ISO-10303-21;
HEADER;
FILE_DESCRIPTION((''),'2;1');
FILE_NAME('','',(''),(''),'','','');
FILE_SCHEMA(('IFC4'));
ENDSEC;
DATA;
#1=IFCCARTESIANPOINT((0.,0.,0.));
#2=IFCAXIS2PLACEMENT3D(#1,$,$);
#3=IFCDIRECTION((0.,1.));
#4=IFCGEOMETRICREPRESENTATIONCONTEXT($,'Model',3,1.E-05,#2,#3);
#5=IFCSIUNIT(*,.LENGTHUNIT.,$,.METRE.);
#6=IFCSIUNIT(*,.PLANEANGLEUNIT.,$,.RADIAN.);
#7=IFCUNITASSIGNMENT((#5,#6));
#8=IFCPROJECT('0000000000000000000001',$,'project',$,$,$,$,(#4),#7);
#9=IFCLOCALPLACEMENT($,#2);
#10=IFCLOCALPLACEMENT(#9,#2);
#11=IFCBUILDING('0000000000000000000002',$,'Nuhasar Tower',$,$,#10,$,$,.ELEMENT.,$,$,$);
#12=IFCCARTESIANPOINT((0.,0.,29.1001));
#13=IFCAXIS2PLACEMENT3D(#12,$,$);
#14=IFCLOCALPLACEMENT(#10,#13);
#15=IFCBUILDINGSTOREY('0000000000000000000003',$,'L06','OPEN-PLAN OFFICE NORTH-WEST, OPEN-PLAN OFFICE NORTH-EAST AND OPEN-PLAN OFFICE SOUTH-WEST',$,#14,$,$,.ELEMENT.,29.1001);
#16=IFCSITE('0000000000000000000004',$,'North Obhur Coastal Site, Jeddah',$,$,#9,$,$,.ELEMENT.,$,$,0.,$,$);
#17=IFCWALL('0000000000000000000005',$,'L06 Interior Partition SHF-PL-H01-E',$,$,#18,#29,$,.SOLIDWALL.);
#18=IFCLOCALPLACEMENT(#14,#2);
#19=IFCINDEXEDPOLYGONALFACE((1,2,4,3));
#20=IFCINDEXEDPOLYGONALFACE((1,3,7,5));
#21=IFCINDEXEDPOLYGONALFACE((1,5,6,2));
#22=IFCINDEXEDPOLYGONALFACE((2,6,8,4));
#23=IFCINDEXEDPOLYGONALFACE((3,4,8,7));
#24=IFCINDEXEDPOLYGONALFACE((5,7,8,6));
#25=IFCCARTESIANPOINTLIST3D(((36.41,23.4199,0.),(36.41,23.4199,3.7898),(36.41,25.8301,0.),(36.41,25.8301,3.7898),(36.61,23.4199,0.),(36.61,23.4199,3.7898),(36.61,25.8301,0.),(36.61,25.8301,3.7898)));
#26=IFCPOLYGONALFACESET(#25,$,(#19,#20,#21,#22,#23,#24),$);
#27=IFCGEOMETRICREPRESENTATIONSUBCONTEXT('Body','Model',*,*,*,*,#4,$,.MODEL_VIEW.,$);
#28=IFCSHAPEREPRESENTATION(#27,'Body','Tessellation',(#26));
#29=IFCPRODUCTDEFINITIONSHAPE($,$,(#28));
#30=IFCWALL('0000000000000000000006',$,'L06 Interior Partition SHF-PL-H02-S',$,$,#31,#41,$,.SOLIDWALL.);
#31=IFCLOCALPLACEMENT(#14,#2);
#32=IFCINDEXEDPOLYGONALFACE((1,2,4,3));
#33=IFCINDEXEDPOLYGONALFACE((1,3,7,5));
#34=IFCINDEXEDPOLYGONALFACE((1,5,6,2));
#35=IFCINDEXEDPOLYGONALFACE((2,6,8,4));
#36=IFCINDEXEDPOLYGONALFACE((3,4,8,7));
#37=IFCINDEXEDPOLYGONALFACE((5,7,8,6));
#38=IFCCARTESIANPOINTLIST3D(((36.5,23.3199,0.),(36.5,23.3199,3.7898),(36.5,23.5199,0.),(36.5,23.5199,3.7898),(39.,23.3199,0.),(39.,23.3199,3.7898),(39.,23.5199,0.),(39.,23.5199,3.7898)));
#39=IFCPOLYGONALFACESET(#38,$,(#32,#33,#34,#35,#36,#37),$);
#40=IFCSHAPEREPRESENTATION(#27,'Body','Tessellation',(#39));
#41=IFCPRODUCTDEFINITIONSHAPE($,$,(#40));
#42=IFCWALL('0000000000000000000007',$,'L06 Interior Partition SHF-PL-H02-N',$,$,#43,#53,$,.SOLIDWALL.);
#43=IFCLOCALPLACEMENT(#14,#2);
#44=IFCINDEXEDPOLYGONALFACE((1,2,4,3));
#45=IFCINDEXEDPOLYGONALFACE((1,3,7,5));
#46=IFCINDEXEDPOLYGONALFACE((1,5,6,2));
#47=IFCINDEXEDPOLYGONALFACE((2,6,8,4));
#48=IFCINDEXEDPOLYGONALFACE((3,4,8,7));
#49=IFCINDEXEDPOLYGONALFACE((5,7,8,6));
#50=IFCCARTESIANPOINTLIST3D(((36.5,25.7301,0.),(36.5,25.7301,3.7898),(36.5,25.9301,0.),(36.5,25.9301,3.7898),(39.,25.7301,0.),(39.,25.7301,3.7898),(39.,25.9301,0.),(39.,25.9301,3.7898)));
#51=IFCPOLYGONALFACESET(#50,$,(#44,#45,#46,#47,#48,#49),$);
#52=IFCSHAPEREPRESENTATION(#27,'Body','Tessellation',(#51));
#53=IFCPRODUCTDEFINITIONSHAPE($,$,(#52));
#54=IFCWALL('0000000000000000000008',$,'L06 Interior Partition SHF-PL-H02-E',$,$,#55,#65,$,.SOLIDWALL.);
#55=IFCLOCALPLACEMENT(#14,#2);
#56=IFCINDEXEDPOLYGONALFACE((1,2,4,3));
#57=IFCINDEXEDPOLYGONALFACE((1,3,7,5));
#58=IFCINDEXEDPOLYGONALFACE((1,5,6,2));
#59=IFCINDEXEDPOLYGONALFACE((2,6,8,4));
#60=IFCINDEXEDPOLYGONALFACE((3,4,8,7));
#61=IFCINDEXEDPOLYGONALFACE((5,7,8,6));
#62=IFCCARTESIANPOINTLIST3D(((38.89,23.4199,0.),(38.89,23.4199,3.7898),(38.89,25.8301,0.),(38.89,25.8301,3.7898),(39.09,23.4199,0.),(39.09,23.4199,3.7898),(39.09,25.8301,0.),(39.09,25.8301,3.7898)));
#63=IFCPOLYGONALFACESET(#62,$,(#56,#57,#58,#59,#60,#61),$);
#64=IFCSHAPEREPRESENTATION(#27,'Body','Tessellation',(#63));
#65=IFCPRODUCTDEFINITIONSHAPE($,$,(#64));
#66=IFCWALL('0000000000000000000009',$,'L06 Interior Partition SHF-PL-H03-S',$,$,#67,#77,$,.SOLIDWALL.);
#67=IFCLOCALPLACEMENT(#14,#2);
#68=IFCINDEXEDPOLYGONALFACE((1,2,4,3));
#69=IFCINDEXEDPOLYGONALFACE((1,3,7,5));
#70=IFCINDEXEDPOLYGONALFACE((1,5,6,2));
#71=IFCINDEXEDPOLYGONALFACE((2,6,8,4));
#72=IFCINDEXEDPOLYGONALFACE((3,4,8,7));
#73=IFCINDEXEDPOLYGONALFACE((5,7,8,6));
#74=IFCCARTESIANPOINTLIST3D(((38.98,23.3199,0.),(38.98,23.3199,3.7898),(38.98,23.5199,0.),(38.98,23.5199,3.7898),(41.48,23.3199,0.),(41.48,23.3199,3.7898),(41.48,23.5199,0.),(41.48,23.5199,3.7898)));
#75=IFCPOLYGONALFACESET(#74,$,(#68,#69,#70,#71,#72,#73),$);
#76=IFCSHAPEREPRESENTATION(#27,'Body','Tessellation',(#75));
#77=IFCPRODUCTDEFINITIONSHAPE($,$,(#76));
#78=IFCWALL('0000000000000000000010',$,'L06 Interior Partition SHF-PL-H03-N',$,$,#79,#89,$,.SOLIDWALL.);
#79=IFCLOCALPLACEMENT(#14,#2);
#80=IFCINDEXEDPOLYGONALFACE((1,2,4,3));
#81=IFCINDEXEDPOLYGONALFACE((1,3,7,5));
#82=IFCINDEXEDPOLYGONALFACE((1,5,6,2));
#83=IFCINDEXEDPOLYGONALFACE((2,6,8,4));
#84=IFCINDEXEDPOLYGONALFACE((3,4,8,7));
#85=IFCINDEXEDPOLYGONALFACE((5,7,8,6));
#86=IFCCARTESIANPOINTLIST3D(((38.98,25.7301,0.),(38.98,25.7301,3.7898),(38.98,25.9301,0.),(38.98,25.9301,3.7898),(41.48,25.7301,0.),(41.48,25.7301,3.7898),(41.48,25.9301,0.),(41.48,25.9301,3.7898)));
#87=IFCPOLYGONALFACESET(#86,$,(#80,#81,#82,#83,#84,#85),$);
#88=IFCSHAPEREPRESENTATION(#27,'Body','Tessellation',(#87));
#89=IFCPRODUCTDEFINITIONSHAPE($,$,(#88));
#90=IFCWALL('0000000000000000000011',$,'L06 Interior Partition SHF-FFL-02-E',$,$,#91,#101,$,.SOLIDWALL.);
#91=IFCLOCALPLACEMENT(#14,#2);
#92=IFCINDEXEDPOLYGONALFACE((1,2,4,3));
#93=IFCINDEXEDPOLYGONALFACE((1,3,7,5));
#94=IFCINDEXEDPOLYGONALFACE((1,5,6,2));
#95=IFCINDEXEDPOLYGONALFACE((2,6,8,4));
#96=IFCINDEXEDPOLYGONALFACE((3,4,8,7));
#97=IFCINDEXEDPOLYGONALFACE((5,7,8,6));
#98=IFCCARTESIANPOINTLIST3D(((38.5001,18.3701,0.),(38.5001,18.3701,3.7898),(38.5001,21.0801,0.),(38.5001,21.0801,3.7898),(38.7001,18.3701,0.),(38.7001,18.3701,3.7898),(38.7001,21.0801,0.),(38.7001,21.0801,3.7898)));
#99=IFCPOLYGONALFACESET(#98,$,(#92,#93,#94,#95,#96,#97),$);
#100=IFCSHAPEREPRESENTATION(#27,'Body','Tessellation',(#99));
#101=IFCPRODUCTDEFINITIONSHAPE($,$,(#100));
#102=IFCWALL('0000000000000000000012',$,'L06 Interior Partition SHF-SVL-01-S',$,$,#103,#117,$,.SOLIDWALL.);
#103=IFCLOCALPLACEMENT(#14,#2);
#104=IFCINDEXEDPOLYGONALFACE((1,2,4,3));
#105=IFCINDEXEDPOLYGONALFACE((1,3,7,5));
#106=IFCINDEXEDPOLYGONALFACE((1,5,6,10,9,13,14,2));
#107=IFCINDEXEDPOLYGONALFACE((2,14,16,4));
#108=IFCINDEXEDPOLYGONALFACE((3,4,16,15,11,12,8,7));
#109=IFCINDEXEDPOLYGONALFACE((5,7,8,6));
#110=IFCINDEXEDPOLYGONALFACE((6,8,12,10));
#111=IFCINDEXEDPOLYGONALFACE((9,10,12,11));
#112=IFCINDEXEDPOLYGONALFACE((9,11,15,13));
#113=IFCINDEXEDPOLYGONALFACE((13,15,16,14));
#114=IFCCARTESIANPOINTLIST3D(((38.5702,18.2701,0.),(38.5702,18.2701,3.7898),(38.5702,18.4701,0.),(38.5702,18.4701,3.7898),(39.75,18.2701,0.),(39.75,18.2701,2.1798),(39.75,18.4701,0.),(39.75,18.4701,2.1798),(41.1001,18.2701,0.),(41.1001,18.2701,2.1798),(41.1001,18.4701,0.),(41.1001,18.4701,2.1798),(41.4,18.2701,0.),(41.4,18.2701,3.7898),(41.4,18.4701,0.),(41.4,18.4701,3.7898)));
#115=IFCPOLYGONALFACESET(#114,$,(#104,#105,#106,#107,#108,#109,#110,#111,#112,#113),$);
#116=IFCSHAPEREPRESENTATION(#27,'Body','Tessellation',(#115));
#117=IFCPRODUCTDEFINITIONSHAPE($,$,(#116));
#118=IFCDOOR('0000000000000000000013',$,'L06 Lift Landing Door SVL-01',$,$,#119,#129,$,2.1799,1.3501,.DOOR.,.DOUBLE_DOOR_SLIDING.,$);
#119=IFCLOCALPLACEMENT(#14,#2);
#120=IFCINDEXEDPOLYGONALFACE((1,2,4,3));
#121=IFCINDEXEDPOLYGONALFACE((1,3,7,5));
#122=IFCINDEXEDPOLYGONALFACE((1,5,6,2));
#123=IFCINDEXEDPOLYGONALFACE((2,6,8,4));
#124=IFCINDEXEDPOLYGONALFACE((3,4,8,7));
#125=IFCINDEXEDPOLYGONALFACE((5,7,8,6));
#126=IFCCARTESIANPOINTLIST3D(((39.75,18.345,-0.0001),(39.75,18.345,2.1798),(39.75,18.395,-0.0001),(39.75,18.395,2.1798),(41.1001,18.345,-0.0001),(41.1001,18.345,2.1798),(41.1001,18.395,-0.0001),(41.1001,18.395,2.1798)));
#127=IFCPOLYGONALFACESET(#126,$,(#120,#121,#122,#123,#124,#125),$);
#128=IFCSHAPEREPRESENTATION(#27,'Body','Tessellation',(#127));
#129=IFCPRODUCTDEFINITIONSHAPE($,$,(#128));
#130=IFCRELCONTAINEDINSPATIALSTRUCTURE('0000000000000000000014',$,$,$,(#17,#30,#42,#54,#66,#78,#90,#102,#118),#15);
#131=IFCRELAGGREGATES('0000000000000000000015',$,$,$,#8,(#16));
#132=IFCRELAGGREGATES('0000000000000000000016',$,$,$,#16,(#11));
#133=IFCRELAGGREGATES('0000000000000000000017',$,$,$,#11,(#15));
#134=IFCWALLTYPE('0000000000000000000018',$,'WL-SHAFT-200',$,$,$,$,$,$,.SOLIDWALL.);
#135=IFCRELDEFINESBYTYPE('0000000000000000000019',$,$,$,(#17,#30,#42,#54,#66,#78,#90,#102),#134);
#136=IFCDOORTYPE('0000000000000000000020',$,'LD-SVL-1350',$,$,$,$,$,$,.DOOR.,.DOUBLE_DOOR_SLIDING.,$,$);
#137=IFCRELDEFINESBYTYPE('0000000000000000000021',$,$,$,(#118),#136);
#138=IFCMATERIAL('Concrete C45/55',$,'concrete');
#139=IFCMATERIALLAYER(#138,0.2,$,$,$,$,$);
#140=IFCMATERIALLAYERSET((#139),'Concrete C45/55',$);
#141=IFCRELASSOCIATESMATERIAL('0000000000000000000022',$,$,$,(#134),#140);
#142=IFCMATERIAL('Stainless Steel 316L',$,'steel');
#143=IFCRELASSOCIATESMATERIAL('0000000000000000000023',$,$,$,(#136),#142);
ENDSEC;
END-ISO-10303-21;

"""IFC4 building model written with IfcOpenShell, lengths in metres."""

from ifc_helpers import new_model, si_unit, direction, frame, frame_2d, origin, place, context, subcontext, project, spatial, rectangle, extrude, material, layer, layer_set, type_object, element, fill, save


model = new_model("IFC4")

# Units and contexts
model_context = context("Model", 3, precision=1e-05, world=origin(), true_north=direction((0.0, 1.0)))
body_context = subcontext(model_context, "Body", "Model", "MODEL_VIEW")
ifc_project = project(units=[si_unit("LENGTHUNIT", "METRE"), si_unit("PLANEANGLEUNIT", "RADIAN")], contexts=[model_context])

# Site, building, storey
site_placement = place(None, origin())
site = spatial("IfcSite", under=ifc_project, at=site_placement, Name="North Obhur Coastal Site, Jeddah", CompositionType="ELEMENT", RefElevation=0.0)
building_placement = place(site_placement, origin())
building = spatial("IfcBuilding", under=site, at=building_placement, Name="Nuhasar Tower", CompositionType="ELEMENT")
storey_placement = place(building_placement, frame((0.0, 0.0, 29.1001)))
storey = spatial("IfcBuildingStorey", under=building, at=storey_placement, Name="L06", Description="OPEN-PLAN OFFICE NORTH-WEST, OPEN-PLAN OFFICE NORTH-EAST AND OPEN-PLAN OFFICE SOUTH-WEST", CompositionType="ELEMENT", Elevation=29.1001)

# Shared definitions
ifc_material_1 = material(Name="Concrete C45/55", Category="concrete")

# Shared definitions
ifc_layer_1 = layer(ifc_material_1, 0.2)
ifc_layer_set_1 = layer_set([ifc_layer_1], Name="Concrete C45/55")
wall_type_1 = type_object("IfcWallType", Name="WL-SHAFT-200", PredefinedType="SOLIDWALL", material=ifc_layer_set_1)

# Shared definitions
ifc_material_2 = material(Name="Stainless Steel 316L", Category="steel")

# Walls
for number, where, z_axis, x_axis, name in (
    (1, (36.51, 23.4199, 0.0), (0.0, 0.0, 1.0), (0.0, 1.0, 0.0), "L06 Interior Partition SHF-PL-H01-E"),
):
    element("IfcWall", number, at=place(storey_placement, frame(where, z_axis=z_axis, x_axis=x_axis)), inside=storey, type_object=wall_type_1, Name=name, PredefinedType="SOLIDWALL", context=body_context, shape_type="SweptSolid", body=[
        extrude(rectangle(XDim=2.4102, YDim=0.2, at=frame_2d((1.2051, 0.0))), origin(), (0.0, 0.0, 1.0), 3.7898),
    ])
for number, where, z_axis, x_axis, name in (
    (2, (36.5, 23.4199, 0.0), (0.0, 0.0, 1.0), (1.0, 0.0, 0.0), "L06 Interior Partition SHF-PL-H02-S"),
    (3, (36.5, 25.8301, 0.0), (0.0, 0.0, 1.0), (1.0, 0.0, 0.0), "L06 Interior Partition SHF-PL-H02-N"),
):
    element("IfcWall", number, at=place(storey_placement, frame(where, z_axis=z_axis, x_axis=x_axis)), inside=storey, type_object=wall_type_1, Name=name, PredefinedType="SOLIDWALL", context=body_context, shape_type="SweptSolid", body=[
        extrude(rectangle(XDim=2.5, YDim=0.2, at=frame_2d((1.25, 0.0))), origin(), (0.0, 0.0, 1.0), 3.7898),
    ])
wall_1_placement = place(storey_placement, frame((38.99, 23.4199, 0.0), z_axis=(0.0, 0.0, 1.0), x_axis=(0.0, 1.0, 0.0)))
element("IfcWall", 4, at=wall_1_placement, inside=storey, type_object=wall_type_1, Name="L06 Interior Partition SHF-PL-H02-E", PredefinedType="SOLIDWALL", context=body_context, shape_type="SweptSolid", body=[
    extrude(rectangle(XDim=2.4102, YDim=0.2, at=frame_2d((1.2051, 0.0))), origin(), (0.0, 0.0, 1.0), 3.7898),
])
for number, where, z_axis, x_axis, name in (
    (5, (38.98, 23.4199, 0.0), (0.0, 0.0, 1.0), (1.0, 0.0, 0.0), "L06 Interior Partition SHF-PL-H03-S"),
    (6, (38.98, 25.8301, 0.0), (0.0, 0.0, 1.0), (1.0, 0.0, 0.0), "L06 Interior Partition SHF-PL-H03-N"),
):
    element("IfcWall", number, at=place(storey_placement, frame(where, z_axis=z_axis, x_axis=x_axis)), inside=storey, type_object=wall_type_1, Name=name, PredefinedType="SOLIDWALL", context=body_context, shape_type="SweptSolid", body=[
        extrude(rectangle(XDim=2.5, YDim=0.2, at=frame_2d((1.25, 0.0))), origin(), (0.0, 0.0, 1.0), 3.7898),
    ])
wall_2_placement = place(storey_placement, frame((38.6001, 18.3701, 0.0), z_axis=(0.0, 0.0, 1.0), x_axis=(0.0, 1.0, 0.0)))
element("IfcWall", 7, at=wall_2_placement, inside=storey, type_object=wall_type_1, Name="L06 Interior Partition SHF-FFL-02-E", PredefinedType="SOLIDWALL", context=body_context, shape_type="SweptSolid", body=[
    extrude(rectangle(XDim=2.71, YDim=0.2, at=frame_2d((1.355, 0.0))), origin(), (0.0, 0.0, 1.0), 3.7898),
])

# Wall, opening, door
wall_3_placement = place(storey_placement, frame((38.5701, 18.3701, 0.0), z_axis=(0.0, 0.0, 1.0), x_axis=(1.0, 0.0, 0.0)))
wall_3 = element("IfcWall", 8, at=wall_3_placement, inside=storey, type_object=wall_type_1, Name="L06 Interior Partition SHF-SVL-01-S", PredefinedType="SOLIDWALL", context=body_context, shape_type="SweptSolid", body=[
    extrude(rectangle(XDim=2.8298, YDim=0.2, at=frame_2d((1.415, 0.0))), origin(), (0.0, 0.0, 1.0), 3.7898),
])
opening_1_placement = place(wall_3_placement, frame((1.1799, 0.0, 0.0)))
opening_1 = element("IfcOpeningElement", 9, at=opening_1_placement, cuts=wall_3, PredefinedType="OPENING", context=body_context, shape_type="SweptSolid", body=[
    extrude(rectangle(XDim=1.3501, YDim=2.1799, at=frame_2d((0.675, 1.0898))), frame((0.0, 0.1099, 0.0), z_axis=(0.0, -1.0, 0.0), x_axis=(1.0, 0.0, 0.0)), (0.0, 0.0, 1.0), 0.22),
])
door_type_1 = type_object("IfcDoorType", Name="LD-SVL-1350", OperationType="DOUBLE_DOOR_SLIDING", PredefinedType="DOOR", material=ifc_material_2)
door_1_placement = place(opening_1_placement, origin())
door_1 = element("IfcDoor", 10, at=door_1_placement, inside=storey, type_object=door_type_1, Name="L06 Lift Landing Door SVL-01", OperationType="DOUBLE_DOOR_SLIDING", OverallHeight=2.1799, OverallWidth=1.3501, PredefinedType="DOOR", context=body_context, shape_type="SweptSolid", body=[
    extrude(rectangle(XDim=1.3501, YDim=2.1799, at=frame_2d((0.675, 1.0898))), frame((0.0, 0.0249, 0.0), z_axis=(0.0, -1.0, 0.0), x_axis=(1.0, 0.0, 0.0)), (0.0, 0.0, 1.0), 0.05),
])
fill(opening_1, door_1)

save(model, "model.ifc")
